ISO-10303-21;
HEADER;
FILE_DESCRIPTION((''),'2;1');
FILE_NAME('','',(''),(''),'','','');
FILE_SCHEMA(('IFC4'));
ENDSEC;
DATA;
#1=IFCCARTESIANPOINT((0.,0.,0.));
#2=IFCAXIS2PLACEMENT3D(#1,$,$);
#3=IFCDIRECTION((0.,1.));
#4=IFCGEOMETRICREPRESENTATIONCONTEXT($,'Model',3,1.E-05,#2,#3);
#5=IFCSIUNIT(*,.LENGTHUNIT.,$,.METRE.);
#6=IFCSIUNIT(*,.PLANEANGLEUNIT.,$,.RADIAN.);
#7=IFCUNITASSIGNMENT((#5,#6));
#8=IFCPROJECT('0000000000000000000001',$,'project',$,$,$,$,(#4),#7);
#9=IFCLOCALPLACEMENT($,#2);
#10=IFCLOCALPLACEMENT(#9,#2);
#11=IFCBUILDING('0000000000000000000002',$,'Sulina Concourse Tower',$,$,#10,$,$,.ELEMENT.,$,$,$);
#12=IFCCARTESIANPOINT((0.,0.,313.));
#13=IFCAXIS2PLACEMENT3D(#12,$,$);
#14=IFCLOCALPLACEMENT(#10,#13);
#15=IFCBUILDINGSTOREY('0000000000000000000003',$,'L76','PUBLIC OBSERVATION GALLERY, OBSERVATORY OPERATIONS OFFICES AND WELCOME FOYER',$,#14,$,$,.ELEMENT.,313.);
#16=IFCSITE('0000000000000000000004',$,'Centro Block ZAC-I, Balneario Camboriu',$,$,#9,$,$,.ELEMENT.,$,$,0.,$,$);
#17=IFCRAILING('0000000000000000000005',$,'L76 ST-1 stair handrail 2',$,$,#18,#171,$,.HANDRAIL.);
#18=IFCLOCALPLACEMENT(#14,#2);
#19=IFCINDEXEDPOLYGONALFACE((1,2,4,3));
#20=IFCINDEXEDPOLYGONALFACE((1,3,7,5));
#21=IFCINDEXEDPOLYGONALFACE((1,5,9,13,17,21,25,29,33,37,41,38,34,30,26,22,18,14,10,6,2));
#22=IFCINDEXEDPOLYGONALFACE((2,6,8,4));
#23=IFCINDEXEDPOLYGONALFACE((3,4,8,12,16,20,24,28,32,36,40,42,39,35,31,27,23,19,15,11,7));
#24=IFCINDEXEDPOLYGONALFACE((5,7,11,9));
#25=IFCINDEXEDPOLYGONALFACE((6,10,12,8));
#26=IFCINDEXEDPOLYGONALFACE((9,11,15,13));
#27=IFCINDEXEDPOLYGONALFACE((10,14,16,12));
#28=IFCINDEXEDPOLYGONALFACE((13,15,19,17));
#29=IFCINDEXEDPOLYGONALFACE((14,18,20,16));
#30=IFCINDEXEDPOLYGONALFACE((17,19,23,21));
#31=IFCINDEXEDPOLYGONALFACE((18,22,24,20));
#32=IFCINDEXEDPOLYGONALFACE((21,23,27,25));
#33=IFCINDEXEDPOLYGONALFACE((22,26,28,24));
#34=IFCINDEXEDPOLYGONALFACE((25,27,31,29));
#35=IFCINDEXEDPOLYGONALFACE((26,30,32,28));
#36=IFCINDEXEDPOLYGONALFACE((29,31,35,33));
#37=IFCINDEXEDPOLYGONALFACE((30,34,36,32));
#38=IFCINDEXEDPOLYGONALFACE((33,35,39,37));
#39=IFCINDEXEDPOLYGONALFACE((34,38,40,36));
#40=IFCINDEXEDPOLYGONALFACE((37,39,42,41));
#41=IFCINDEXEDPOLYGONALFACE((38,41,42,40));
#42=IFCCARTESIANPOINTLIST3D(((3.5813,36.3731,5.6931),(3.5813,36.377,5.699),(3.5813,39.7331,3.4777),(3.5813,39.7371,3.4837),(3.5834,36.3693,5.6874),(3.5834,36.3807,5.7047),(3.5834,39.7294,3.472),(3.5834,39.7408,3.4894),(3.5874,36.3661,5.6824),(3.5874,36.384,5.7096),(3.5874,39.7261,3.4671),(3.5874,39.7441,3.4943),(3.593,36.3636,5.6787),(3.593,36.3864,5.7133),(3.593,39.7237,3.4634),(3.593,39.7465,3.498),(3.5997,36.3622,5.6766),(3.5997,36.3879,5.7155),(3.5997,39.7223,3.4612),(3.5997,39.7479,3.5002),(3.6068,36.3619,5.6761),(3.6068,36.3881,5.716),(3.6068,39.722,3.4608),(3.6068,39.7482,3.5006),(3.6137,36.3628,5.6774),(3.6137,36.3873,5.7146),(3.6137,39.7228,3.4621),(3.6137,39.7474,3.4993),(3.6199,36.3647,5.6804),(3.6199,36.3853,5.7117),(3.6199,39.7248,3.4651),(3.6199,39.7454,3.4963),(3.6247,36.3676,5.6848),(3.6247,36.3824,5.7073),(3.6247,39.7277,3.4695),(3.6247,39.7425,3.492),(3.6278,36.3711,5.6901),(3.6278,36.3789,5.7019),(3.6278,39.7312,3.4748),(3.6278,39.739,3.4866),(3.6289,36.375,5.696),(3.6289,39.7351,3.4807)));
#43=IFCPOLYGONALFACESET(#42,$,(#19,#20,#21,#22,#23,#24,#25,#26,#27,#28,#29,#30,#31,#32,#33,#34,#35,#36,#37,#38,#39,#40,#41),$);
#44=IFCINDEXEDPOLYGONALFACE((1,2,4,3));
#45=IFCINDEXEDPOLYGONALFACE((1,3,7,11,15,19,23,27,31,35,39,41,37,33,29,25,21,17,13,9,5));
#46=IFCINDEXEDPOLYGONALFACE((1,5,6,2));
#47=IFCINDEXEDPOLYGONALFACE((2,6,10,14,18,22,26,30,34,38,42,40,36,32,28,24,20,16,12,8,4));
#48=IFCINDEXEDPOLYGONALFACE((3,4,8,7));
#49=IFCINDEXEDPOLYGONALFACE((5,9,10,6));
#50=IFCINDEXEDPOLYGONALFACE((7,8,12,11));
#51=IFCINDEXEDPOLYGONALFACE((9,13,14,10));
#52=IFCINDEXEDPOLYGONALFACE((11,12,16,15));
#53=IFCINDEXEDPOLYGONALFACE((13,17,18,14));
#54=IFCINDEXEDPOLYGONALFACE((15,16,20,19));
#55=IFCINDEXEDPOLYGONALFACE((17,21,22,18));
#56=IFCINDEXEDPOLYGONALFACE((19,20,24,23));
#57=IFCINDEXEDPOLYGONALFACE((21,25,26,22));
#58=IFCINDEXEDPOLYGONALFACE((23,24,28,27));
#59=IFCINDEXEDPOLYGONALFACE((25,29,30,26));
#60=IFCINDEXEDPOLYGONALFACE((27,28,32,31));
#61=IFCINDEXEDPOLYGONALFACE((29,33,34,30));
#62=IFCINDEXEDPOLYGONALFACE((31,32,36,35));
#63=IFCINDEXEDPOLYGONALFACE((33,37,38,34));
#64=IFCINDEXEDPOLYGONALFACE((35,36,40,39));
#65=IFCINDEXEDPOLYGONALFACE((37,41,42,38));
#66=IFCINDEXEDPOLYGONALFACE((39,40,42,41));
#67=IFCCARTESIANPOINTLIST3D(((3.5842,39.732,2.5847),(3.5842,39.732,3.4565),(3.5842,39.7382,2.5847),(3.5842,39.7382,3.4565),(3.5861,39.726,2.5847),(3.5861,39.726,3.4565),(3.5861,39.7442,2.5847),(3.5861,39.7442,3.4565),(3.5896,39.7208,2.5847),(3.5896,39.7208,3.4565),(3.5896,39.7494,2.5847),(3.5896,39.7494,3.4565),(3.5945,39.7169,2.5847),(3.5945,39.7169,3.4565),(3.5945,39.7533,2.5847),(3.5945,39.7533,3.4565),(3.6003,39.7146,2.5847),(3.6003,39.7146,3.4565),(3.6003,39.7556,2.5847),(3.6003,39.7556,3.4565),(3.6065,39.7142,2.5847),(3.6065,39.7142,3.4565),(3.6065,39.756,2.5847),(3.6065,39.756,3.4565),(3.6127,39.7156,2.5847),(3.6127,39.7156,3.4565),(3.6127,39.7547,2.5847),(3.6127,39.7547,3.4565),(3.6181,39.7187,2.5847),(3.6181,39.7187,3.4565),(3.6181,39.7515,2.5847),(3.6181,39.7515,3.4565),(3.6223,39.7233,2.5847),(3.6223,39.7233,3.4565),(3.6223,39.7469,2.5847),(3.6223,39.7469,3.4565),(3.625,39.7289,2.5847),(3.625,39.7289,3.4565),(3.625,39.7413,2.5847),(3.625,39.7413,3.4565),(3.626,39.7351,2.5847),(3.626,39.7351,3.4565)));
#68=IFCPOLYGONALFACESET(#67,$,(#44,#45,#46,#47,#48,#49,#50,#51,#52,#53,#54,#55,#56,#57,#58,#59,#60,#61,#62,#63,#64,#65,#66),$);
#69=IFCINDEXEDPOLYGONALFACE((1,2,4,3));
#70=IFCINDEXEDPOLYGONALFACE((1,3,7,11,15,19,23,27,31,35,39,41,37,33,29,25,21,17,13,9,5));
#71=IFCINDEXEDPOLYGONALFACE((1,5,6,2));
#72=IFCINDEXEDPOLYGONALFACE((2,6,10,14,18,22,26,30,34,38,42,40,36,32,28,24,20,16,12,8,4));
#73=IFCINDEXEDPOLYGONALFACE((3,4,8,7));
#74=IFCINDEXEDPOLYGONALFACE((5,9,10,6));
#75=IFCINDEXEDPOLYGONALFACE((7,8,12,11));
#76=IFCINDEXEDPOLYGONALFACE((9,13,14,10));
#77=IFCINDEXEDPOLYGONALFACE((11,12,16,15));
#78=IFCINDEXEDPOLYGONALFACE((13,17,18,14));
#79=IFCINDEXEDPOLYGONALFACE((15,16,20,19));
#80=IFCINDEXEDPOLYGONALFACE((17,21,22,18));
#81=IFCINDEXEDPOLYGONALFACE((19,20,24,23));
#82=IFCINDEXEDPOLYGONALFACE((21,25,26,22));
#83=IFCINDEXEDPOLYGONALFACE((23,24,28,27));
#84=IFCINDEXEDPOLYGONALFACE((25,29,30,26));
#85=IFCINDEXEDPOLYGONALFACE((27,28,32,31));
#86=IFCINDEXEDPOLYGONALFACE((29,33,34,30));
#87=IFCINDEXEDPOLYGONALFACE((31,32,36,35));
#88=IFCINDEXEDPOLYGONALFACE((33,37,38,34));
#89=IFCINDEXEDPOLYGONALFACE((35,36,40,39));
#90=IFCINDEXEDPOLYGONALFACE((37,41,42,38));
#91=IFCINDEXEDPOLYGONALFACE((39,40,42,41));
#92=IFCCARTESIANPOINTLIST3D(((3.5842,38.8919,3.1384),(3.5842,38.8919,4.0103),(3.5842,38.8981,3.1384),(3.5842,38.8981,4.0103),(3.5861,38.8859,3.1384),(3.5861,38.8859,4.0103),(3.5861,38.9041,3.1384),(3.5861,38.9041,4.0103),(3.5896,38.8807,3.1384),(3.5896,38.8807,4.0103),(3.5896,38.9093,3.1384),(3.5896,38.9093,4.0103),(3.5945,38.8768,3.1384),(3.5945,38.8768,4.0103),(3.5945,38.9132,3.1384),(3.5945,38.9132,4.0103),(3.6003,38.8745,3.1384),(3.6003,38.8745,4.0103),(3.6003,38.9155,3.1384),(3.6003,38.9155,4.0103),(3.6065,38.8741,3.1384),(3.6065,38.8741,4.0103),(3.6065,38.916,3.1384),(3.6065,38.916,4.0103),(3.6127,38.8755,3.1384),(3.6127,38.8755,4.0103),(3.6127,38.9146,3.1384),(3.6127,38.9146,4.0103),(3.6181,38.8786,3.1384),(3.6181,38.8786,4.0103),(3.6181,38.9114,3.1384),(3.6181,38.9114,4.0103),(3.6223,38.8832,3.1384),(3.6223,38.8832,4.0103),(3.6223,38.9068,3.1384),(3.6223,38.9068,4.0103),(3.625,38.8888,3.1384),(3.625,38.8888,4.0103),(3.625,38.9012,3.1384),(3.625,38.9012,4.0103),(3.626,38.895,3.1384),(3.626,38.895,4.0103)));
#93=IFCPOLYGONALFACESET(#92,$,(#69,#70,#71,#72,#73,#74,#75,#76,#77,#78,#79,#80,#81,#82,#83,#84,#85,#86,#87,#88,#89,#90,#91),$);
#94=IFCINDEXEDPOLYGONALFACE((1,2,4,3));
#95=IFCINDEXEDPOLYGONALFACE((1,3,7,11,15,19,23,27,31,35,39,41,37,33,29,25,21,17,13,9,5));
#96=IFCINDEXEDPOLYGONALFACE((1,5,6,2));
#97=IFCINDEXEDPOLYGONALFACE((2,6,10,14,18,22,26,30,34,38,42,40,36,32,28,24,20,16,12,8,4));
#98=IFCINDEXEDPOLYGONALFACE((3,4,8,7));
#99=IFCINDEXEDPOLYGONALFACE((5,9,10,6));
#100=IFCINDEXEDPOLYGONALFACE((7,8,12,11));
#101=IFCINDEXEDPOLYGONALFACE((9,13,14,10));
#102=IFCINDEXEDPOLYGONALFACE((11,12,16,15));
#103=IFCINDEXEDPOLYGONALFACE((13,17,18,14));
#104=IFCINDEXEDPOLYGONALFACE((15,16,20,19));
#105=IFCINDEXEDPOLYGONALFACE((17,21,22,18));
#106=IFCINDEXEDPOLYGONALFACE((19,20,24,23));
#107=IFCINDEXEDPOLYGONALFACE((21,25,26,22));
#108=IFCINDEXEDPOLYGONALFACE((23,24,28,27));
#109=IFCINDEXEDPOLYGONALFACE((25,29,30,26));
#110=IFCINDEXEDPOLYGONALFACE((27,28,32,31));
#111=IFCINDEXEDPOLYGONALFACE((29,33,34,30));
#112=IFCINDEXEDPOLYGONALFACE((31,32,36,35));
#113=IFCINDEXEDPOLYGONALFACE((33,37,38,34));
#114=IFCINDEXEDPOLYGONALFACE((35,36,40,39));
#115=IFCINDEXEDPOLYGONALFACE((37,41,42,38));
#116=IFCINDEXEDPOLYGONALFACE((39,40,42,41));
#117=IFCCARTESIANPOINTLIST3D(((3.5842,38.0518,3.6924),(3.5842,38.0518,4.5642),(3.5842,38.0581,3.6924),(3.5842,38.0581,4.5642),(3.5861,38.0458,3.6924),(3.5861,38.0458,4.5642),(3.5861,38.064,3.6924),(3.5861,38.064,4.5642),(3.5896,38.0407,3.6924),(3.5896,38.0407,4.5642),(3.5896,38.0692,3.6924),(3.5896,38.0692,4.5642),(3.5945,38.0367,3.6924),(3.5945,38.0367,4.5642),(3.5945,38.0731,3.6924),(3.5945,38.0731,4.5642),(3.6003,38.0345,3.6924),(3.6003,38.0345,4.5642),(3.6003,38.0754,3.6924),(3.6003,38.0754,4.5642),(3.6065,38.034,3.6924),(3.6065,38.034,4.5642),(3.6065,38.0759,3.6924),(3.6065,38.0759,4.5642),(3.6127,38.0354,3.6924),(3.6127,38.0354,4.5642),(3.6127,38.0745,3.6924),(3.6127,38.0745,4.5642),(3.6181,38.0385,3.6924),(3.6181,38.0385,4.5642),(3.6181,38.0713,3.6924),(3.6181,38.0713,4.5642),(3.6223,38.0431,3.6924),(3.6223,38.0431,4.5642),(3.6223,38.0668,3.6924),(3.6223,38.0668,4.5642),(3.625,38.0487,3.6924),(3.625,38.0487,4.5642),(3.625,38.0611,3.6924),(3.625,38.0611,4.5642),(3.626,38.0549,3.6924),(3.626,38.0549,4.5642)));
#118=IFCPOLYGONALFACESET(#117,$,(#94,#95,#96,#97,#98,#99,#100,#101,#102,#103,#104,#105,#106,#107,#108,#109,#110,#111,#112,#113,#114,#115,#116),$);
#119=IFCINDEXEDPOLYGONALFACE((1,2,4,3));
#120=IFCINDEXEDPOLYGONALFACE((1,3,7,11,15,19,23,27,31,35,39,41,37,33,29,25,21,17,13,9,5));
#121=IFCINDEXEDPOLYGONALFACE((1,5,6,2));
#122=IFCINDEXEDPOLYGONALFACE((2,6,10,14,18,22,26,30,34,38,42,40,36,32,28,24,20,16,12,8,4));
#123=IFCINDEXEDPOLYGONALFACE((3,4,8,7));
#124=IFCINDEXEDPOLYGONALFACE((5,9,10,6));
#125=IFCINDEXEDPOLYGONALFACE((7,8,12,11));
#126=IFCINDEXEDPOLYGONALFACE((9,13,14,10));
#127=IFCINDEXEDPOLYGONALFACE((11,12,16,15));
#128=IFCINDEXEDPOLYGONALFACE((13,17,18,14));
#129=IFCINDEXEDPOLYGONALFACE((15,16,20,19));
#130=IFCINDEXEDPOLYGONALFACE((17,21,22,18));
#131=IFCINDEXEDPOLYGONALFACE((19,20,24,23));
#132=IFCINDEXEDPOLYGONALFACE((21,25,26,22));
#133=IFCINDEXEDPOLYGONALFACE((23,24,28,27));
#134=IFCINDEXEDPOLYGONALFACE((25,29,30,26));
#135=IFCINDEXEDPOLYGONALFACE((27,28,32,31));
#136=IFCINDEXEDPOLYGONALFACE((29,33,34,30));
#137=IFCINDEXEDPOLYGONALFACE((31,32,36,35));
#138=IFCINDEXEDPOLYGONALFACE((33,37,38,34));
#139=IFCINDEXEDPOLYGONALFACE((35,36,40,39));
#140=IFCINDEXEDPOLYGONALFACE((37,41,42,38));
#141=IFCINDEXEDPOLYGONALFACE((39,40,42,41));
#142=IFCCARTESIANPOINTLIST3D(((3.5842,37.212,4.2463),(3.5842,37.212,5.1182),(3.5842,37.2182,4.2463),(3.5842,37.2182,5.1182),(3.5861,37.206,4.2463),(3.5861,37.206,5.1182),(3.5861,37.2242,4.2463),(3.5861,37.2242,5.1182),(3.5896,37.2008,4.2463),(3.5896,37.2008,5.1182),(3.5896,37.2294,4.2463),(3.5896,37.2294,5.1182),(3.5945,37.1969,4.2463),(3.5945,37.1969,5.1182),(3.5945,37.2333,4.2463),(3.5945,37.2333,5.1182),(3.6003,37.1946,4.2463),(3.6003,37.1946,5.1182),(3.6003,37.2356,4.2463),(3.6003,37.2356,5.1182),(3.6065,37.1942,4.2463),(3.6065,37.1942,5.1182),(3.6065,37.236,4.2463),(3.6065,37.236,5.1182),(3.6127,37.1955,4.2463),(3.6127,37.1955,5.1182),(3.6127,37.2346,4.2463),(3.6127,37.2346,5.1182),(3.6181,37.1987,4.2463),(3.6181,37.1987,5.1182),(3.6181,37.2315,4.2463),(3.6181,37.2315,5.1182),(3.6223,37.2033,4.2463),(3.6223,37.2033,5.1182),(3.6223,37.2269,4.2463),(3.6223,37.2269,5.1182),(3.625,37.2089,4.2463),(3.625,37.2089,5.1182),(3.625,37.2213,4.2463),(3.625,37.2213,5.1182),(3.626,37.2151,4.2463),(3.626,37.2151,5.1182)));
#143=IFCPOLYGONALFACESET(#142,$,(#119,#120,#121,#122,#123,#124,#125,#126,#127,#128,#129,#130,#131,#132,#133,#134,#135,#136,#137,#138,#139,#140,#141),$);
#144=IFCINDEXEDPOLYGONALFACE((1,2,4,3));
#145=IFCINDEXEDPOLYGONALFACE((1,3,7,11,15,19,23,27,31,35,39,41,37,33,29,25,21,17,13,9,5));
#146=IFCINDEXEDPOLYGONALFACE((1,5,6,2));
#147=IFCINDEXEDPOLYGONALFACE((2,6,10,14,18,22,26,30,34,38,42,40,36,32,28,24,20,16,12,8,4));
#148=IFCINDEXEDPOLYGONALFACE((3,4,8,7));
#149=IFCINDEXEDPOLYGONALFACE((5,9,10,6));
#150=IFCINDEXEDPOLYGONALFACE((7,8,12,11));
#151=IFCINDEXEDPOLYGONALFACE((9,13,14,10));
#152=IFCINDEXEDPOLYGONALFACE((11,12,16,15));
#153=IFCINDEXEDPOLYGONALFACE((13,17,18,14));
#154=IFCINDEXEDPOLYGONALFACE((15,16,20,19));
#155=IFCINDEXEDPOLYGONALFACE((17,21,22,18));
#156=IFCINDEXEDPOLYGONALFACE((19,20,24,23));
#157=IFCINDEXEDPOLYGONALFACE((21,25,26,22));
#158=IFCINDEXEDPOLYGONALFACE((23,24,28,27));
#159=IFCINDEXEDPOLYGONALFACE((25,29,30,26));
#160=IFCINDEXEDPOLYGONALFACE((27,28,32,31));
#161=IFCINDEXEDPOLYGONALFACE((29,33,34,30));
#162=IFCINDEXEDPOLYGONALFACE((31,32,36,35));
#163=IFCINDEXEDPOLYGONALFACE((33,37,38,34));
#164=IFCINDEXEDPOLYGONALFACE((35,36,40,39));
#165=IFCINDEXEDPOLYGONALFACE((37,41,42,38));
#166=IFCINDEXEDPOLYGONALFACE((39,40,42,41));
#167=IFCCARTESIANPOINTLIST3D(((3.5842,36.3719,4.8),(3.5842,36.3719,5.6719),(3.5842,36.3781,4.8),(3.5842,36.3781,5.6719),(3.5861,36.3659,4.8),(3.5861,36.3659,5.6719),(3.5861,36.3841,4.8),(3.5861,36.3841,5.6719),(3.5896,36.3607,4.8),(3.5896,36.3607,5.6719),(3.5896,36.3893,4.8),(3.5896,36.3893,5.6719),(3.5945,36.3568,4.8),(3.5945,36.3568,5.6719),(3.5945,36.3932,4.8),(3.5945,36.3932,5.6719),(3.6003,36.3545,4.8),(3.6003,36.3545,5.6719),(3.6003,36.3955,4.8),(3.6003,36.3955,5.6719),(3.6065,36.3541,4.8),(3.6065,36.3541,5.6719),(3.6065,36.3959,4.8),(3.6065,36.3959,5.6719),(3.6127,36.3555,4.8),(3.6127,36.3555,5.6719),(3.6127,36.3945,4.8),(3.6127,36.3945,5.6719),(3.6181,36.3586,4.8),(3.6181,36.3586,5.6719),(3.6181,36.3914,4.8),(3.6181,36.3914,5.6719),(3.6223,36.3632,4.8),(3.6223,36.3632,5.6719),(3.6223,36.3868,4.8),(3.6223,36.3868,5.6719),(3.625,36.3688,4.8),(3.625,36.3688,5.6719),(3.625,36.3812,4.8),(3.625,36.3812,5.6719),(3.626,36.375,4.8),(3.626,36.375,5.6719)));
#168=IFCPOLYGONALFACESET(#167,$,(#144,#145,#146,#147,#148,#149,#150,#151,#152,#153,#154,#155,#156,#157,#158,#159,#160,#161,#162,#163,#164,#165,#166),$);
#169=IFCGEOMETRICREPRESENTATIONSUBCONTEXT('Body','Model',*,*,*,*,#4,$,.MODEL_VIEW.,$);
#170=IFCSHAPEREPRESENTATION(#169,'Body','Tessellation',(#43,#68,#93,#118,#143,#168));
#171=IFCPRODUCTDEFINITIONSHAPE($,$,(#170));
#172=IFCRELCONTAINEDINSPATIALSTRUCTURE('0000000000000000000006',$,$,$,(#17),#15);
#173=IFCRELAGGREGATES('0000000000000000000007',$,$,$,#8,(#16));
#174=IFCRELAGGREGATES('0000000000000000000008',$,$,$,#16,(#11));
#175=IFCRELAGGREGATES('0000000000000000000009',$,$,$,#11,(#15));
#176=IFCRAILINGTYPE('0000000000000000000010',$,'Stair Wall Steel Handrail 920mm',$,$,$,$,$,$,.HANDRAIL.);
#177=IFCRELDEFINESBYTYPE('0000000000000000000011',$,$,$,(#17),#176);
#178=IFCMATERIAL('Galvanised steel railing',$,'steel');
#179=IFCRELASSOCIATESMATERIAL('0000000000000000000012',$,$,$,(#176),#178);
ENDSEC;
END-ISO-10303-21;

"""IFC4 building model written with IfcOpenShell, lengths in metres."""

from ifc_helpers import new_model, si_unit, direction, frame, origin, origin_2d, place, context, subcontext, project, spatial, circle, extrude, material, type_object, element, save


model = new_model("IFC4")

# Units and contexts
model_context = context("Model", 3, precision=1e-05, world=origin(), true_north=direction((0.0, 1.0)))
body_context = subcontext(model_context, "Body", "Model", "MODEL_VIEW")
ifc_project = project(units=[si_unit("LENGTHUNIT", "METRE"), si_unit("PLANEANGLEUNIT", "RADIAN")], contexts=[model_context])

# Site, building, storey
site_placement = place(None, origin())
site = spatial("IfcSite", under=ifc_project, at=site_placement, Name="Centro Block ZAC-I, Balneario Camboriu", CompositionType="ELEMENT", RefElevation=0.0)
building_placement = place(site_placement, origin())
building = spatial("IfcBuilding", under=site, at=building_placement, Name="Sulina Concourse Tower", CompositionType="ELEMENT")
storey_placement = place(building_placement, frame((0.0, 0.0, 313.0)))
storey = spatial("IfcBuildingStorey", under=building, at=storey_placement, Name="L76", Description="PUBLIC OBSERVATION GALLERY, OBSERVATORY OPERATIONS OFFICES AND WELCOME FOYER", CompositionType="ELEMENT", Elevation=313.0)

# Railing
ifc_material_1 = material(Name="Galvanised steel railing", Category="steel")
railing_type_1 = type_object("IfcRailingType", Name="Stair Wall Steel Handrail 920mm", PredefinedType="HANDRAIL", material=ifc_material_1)
railing_1_placement = place(storey_placement, frame((3.605, 39.7351, 2.5847)))
element("IfcRailing", 1, at=railing_1_placement, inside=storey, type_object=railing_type_1, Name="L76 ST-1 stair handrail 2", PredefinedType="HANDRAIL", context=body_context, shape_type="SweptSolid", body=[
    extrude(circle(Radius=0.0239, at=origin_2d()), frame((0.0, 0.0, 0.896), z_axis=(0.0, -0.834876, 0.550437), x_axis=(1.0, 0.0, 0.0)), (0.0, 0.0, 1.0), 4.0247),
    extrude(circle(Radius=0.021, at=origin_2d()), origin(), (0.0, 0.0, 1.0), 0.8718),
    extrude(circle(Radius=0.021, at=origin_2d()), frame((0.0, -0.8401, 0.5537)), (0.0, 0.0, 1.0), 0.8718),
    extrude(circle(Radius=0.021, at=origin_2d()), frame((0.0, -1.6802, 1.1077)), (0.0, 0.0, 1.0), 0.8718),
    extrude(circle(Radius=0.021, at=origin_2d()), frame((0.0, -2.52, 1.6616)), (0.0, 0.0, 1.0), 0.8718),
    extrude(circle(Radius=0.021, at=origin_2d()), frame((0.0, -3.3601, 2.2153)), (0.0, 0.0, 1.0), 0.8718),
])

save(model, "model.ifc")
